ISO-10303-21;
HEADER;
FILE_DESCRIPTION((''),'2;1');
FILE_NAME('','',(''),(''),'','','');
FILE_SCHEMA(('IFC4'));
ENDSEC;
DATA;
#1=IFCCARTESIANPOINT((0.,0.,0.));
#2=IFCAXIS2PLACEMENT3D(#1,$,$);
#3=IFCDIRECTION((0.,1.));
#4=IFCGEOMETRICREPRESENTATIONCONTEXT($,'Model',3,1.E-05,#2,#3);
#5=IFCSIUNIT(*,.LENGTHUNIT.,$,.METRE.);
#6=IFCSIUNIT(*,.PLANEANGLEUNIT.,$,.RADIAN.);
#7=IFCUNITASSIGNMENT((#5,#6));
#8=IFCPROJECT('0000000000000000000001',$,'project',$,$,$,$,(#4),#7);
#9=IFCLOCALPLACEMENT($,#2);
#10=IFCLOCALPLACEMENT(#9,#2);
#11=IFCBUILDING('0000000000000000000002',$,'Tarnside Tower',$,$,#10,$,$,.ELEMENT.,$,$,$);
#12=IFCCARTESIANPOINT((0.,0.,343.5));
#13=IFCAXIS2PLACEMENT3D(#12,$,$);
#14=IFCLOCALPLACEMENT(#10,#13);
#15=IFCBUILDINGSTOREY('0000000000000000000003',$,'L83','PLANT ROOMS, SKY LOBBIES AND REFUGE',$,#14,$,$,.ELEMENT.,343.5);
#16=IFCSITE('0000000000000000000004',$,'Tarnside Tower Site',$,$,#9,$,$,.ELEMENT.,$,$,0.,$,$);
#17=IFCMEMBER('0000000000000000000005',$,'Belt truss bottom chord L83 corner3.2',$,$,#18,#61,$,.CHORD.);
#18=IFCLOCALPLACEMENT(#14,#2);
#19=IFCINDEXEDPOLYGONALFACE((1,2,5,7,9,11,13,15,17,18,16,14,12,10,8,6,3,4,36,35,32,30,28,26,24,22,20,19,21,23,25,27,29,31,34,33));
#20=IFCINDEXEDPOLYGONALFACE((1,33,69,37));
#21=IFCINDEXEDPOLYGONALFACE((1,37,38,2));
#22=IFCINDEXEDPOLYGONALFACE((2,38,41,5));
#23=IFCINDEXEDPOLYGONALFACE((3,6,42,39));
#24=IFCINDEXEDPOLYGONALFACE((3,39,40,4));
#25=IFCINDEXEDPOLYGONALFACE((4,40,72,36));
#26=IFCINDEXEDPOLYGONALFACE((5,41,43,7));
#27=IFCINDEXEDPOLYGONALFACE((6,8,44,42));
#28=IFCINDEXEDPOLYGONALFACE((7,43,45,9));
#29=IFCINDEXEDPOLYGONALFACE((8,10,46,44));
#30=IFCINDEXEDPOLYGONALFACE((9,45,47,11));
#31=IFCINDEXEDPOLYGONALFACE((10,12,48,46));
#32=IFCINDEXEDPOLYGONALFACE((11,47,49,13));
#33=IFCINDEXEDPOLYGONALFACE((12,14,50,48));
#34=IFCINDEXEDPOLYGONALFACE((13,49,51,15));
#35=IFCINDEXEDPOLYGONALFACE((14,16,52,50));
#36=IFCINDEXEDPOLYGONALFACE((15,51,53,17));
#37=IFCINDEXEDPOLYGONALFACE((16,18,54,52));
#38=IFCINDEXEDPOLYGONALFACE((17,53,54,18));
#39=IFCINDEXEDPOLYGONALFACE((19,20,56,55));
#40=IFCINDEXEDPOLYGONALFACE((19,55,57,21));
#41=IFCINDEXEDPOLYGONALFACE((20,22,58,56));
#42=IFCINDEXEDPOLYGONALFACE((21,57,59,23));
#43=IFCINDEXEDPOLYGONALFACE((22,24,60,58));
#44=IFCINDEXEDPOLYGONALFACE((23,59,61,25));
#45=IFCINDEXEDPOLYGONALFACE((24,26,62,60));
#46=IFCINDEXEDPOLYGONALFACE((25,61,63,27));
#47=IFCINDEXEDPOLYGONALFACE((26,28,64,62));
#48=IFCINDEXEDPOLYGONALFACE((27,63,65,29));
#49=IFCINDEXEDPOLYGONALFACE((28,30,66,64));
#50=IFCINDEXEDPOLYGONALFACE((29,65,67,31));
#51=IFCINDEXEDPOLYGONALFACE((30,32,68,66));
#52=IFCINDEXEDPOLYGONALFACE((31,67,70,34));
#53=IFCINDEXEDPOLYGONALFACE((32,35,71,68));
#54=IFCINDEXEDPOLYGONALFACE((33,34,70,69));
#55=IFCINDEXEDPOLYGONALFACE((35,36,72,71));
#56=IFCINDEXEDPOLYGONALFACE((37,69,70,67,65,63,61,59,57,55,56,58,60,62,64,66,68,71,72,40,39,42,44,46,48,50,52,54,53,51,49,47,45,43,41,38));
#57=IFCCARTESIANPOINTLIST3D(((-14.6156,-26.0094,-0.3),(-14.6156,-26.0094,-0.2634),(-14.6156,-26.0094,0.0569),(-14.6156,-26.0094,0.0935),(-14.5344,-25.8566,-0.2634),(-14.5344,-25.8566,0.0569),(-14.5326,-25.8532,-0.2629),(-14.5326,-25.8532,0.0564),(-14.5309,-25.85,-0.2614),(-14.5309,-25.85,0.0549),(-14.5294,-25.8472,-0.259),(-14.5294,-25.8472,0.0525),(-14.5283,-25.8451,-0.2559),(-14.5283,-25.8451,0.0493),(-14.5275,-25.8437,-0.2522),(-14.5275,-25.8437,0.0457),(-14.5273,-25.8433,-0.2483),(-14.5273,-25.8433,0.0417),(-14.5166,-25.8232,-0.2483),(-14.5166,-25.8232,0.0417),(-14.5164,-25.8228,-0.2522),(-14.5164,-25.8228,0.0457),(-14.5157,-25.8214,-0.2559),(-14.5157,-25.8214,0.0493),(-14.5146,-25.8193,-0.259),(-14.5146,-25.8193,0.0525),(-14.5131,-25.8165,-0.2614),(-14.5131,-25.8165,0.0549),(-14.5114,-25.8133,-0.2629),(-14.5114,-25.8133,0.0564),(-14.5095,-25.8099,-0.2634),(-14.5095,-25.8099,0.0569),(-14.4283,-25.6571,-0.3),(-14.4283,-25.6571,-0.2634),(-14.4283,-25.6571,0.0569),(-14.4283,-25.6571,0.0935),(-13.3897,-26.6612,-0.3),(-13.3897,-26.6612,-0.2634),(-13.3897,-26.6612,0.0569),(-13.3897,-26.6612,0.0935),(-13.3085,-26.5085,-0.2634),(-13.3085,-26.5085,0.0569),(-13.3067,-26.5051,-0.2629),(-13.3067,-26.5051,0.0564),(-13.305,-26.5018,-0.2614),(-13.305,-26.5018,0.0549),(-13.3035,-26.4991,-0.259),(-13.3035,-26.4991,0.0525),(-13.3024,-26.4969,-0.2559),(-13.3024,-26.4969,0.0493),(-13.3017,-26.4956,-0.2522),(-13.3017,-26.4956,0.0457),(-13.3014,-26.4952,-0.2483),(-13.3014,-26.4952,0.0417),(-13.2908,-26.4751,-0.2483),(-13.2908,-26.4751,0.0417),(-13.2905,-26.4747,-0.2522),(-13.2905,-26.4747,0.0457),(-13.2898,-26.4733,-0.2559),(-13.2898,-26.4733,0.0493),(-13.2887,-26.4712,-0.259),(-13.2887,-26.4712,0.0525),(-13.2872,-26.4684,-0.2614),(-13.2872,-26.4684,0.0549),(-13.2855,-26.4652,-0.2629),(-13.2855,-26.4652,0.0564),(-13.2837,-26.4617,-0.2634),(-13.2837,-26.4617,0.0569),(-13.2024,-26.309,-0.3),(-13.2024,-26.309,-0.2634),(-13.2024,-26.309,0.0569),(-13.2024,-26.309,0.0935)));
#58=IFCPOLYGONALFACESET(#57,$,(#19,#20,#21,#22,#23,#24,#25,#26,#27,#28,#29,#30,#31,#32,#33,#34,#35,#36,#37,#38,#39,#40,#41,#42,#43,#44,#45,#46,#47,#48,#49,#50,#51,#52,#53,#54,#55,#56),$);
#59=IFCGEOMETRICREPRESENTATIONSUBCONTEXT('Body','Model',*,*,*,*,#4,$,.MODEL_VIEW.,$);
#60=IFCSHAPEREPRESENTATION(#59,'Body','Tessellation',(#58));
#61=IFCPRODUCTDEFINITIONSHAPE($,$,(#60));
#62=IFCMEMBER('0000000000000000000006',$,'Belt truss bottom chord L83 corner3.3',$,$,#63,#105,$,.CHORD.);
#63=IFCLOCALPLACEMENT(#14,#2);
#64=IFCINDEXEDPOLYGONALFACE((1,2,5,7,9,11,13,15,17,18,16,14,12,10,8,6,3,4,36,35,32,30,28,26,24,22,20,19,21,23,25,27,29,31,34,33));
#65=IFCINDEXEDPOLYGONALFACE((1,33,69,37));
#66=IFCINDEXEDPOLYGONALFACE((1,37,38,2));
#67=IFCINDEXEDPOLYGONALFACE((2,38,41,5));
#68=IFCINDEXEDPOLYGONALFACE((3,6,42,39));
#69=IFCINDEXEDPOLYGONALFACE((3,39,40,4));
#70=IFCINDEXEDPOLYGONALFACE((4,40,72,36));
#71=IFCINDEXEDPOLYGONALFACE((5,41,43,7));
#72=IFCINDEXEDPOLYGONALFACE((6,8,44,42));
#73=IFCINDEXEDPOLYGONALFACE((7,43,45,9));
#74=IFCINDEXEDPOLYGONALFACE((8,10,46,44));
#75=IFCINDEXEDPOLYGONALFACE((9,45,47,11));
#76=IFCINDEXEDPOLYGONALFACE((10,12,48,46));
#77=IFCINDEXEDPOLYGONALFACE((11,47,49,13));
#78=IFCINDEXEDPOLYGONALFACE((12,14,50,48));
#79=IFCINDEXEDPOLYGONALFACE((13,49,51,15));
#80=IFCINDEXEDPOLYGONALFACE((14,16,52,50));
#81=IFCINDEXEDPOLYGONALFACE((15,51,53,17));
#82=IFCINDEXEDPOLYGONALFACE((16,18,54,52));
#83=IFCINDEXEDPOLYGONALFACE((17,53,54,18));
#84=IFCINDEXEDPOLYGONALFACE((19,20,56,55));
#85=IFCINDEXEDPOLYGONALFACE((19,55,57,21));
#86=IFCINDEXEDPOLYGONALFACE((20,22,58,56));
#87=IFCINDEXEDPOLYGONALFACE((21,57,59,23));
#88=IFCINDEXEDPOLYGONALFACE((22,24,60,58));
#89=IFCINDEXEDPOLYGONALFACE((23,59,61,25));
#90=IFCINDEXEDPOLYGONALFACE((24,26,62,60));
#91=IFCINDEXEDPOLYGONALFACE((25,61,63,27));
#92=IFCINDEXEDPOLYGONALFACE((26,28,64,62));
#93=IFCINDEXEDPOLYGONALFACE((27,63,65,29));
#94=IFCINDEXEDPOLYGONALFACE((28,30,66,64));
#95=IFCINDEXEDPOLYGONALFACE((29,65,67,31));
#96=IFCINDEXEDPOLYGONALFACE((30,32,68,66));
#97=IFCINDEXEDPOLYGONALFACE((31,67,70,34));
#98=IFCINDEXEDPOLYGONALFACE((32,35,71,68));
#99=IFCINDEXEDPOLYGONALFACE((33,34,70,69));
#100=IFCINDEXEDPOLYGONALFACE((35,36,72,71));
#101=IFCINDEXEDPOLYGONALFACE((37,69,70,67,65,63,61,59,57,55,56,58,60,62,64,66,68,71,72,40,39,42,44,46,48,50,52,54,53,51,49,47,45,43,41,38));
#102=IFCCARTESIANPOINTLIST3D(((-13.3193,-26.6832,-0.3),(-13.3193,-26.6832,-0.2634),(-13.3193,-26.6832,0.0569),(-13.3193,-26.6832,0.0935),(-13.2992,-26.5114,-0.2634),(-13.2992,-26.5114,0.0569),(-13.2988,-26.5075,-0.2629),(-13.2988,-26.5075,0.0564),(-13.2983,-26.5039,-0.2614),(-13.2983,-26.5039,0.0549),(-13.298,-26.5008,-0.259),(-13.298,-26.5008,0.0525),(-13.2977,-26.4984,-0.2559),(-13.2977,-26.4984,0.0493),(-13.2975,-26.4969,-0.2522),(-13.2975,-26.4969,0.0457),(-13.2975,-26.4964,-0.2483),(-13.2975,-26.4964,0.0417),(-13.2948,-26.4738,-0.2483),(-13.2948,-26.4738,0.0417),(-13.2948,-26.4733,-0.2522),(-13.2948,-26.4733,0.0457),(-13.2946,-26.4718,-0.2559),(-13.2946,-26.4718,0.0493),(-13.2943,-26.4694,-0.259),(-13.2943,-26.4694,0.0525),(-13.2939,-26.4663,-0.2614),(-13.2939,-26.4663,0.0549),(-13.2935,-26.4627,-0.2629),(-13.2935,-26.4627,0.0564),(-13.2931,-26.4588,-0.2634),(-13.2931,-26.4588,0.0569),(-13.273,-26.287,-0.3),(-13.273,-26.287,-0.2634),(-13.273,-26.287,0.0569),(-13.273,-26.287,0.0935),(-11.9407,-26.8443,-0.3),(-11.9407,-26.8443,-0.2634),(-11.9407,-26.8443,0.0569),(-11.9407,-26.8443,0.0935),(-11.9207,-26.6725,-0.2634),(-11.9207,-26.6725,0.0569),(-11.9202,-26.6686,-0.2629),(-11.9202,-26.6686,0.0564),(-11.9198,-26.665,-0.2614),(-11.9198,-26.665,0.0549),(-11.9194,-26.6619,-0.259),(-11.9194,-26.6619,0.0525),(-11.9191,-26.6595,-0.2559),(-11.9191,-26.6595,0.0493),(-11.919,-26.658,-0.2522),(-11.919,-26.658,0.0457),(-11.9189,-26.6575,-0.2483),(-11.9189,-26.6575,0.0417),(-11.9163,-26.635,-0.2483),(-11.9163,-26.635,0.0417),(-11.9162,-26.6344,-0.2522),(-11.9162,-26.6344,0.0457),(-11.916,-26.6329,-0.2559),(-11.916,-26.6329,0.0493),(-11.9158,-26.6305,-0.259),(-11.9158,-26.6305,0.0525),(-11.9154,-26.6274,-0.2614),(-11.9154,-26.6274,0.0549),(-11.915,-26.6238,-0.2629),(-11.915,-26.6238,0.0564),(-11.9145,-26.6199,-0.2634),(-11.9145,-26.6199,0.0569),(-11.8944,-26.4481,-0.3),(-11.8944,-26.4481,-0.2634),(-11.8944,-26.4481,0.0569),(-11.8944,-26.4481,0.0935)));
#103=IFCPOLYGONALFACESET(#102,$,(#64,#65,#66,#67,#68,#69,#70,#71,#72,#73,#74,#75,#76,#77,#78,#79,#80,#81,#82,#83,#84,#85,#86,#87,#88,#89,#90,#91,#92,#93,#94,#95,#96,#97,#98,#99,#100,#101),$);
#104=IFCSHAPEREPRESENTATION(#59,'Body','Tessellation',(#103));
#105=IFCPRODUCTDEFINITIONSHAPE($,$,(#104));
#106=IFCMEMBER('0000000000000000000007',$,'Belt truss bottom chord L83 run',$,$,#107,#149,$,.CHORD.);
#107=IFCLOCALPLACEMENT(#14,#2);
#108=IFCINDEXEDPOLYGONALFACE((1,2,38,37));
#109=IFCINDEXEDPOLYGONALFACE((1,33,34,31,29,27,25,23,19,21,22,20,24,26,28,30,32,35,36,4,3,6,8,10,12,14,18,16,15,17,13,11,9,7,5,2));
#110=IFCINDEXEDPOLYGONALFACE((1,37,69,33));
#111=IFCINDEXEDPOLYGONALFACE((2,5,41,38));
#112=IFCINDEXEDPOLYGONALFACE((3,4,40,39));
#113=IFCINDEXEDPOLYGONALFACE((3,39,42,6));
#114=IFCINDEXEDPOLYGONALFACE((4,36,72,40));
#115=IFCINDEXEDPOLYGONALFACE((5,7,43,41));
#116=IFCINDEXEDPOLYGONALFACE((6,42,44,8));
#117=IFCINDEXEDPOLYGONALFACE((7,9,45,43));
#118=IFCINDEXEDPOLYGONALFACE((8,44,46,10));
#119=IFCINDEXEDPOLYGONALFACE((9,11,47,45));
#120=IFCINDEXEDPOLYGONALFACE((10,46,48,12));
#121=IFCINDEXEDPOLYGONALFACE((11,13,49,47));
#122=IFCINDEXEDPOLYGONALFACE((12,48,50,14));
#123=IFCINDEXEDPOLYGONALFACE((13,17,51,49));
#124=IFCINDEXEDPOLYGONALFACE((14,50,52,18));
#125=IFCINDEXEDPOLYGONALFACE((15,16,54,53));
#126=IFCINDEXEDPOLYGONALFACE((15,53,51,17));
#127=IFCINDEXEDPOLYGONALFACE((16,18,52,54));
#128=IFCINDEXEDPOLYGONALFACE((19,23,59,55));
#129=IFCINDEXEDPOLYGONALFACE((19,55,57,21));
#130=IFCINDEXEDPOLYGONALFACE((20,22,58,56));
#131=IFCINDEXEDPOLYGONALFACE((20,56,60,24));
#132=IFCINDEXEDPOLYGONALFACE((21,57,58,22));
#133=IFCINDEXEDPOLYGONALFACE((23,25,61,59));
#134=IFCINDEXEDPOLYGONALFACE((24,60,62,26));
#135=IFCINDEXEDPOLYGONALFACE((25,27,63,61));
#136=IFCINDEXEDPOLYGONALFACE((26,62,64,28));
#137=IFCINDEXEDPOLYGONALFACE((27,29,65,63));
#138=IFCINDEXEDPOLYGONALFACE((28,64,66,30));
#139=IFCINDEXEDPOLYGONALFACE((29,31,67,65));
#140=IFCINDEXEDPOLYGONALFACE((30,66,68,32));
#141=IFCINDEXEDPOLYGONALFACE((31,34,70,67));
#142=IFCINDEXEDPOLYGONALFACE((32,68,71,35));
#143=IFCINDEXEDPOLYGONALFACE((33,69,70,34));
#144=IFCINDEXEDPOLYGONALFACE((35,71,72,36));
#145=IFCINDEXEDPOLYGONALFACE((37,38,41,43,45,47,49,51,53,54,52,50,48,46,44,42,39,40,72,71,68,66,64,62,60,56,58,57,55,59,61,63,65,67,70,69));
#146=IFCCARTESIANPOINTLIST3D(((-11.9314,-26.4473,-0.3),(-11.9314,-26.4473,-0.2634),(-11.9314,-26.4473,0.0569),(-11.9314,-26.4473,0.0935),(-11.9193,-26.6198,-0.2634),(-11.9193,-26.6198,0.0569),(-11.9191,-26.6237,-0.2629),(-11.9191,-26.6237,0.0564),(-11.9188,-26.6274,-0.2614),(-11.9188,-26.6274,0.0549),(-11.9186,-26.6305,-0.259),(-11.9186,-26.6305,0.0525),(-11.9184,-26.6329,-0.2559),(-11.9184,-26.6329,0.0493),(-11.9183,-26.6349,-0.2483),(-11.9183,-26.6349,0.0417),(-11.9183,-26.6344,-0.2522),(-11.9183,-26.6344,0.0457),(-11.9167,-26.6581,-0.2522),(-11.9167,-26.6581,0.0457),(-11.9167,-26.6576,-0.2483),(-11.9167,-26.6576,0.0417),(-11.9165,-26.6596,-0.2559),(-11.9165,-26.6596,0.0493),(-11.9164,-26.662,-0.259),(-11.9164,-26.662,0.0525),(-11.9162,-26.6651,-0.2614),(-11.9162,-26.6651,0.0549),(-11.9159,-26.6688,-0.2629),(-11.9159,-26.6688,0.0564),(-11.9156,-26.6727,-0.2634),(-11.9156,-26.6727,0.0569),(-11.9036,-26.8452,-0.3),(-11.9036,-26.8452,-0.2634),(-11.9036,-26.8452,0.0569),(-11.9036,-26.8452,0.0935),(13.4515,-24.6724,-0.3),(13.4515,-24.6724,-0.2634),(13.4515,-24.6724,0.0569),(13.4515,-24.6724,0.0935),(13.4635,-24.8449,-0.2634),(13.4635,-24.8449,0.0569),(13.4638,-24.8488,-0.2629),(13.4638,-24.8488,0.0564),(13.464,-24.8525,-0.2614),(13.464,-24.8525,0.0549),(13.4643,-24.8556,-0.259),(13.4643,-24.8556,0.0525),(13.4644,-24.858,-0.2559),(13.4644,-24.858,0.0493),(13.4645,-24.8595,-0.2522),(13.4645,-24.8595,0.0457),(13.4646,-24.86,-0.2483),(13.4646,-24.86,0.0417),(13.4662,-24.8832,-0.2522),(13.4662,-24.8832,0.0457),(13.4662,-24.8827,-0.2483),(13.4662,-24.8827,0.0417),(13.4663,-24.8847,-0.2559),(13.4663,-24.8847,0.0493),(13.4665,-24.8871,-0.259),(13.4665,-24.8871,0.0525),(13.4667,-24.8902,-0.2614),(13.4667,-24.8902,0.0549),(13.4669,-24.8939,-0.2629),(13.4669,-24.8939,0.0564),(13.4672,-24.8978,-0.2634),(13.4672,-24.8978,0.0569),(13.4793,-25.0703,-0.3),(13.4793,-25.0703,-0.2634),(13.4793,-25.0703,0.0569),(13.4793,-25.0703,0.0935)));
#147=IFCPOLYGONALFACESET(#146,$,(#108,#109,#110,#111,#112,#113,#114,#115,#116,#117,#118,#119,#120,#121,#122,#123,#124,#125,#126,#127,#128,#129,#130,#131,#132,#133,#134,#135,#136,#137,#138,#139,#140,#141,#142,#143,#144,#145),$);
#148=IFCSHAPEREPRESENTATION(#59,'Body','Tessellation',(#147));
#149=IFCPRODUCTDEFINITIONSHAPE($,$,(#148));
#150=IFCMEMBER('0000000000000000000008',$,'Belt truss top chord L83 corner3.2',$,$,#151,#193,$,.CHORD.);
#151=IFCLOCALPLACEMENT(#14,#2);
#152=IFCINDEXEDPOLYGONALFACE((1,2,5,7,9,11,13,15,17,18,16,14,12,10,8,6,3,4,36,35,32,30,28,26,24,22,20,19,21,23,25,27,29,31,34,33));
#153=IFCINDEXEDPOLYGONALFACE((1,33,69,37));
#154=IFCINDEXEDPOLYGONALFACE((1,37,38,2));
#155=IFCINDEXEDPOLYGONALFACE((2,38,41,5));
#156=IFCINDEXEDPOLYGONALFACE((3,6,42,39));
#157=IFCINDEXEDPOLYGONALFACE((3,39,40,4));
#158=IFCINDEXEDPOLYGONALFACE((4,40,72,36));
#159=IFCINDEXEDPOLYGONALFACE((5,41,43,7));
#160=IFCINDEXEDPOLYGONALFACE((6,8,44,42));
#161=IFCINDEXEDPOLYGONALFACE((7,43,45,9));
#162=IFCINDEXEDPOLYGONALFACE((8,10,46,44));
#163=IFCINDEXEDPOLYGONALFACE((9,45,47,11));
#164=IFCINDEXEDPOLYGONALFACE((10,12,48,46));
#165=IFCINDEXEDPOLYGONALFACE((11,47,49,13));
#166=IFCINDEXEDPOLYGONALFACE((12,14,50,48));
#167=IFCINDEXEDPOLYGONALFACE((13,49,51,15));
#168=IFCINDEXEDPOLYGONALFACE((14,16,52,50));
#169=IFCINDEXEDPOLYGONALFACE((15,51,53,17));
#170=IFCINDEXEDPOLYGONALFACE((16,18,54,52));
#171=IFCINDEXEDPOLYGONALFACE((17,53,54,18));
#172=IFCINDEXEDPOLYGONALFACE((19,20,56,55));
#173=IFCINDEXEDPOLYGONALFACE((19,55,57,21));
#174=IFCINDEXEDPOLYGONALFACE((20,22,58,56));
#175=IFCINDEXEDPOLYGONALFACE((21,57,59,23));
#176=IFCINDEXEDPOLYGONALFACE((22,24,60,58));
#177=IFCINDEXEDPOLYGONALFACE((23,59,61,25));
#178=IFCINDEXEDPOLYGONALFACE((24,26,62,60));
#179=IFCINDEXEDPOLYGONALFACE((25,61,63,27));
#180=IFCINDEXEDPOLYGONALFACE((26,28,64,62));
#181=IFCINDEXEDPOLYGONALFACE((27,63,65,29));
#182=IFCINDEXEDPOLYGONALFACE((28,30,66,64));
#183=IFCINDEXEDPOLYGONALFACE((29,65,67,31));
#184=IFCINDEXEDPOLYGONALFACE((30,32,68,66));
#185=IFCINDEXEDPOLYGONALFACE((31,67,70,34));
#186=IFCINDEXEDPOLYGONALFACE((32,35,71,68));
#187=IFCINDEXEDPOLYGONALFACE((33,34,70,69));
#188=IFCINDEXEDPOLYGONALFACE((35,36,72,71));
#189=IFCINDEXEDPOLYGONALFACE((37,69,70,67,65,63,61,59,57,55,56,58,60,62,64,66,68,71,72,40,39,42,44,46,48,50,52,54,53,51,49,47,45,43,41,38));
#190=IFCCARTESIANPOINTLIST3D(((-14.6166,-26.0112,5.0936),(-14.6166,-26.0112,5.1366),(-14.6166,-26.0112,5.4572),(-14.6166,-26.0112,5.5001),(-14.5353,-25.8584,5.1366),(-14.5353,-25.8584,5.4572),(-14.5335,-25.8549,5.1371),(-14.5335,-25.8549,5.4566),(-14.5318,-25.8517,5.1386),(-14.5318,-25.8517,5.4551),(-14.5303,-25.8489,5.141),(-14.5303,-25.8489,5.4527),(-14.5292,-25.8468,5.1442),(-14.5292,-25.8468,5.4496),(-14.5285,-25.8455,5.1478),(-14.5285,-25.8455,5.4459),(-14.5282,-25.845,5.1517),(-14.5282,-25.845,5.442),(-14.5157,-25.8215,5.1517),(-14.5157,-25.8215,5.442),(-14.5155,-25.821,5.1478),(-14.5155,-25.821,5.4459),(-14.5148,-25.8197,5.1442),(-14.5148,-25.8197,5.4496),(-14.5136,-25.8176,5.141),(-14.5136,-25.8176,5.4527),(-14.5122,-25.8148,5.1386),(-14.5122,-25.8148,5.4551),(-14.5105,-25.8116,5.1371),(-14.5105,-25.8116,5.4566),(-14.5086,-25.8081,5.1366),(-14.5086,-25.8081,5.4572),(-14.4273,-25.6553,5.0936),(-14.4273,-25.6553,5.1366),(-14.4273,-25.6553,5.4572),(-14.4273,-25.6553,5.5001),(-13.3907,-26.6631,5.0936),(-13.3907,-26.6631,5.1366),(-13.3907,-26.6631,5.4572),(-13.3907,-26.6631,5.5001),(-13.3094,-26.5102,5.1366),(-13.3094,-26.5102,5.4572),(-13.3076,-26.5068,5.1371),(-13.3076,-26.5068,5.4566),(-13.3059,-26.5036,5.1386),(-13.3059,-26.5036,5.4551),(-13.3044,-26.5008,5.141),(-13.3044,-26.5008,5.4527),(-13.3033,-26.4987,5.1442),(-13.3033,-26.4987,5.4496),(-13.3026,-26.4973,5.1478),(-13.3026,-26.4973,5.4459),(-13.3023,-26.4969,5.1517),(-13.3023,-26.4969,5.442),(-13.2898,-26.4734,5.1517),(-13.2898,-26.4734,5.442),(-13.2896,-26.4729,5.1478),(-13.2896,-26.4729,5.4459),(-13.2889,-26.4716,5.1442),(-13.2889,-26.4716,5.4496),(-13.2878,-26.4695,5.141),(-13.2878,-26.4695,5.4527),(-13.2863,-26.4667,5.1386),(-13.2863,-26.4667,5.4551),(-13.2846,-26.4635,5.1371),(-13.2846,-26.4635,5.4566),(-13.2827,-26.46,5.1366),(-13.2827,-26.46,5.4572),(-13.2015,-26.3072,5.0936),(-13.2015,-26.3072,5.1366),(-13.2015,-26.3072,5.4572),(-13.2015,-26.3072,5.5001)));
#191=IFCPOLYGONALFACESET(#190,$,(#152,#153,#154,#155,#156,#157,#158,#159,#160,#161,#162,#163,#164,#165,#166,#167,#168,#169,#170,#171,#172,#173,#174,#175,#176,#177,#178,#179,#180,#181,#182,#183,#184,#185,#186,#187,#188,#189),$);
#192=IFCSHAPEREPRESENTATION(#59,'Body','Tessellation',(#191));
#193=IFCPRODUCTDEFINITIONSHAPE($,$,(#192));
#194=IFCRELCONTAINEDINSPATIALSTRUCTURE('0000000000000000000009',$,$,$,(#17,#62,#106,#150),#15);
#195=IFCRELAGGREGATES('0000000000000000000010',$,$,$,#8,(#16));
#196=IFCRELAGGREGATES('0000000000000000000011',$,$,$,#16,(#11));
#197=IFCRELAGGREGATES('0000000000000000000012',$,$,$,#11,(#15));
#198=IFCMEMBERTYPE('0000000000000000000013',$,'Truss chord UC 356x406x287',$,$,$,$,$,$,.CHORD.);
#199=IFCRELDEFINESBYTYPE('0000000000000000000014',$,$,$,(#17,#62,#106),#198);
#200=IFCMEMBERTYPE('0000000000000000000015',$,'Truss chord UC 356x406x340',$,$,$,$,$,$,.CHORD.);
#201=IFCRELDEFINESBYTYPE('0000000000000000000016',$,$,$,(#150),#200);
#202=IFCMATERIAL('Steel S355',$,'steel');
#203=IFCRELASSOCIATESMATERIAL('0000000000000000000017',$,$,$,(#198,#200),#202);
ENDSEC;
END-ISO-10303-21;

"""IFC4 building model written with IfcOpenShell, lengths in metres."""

from ifc_helpers import new_model, si_unit, direction, frame, origin, origin_2d, place, context, subcontext, project, spatial, i_section, extrude, material, material_profile, profile_set, type_object, element, save


model = new_model("IFC4")

# Units and contexts
model_context = context("Model", 3, precision=1e-05, world=origin(), true_north=direction((0.0, 1.0)))
body_context = subcontext(model_context, "Body", "Model", "MODEL_VIEW")
ifc_project = project(units=[si_unit("LENGTHUNIT", "METRE"), si_unit("PLANEANGLEUNIT", "RADIAN")], contexts=[model_context])

# Site, building, storey
site_placement = place(None, origin())
site = spatial("IfcSite", under=ifc_project, at=site_placement, Name="Tarnside Tower Site", CompositionType="ELEMENT", RefElevation=0.0)
building_placement = place(site_placement, origin())
building = spatial("IfcBuilding", under=site, at=building_placement, Name="Tarnside Tower", CompositionType="ELEMENT")
storey_placement = place(building_placement, frame((0.0, 0.0, 343.5)))
storey = spatial("IfcBuildingStorey", under=building, at=storey_placement, Name="L83", Description="PLANT ROOMS, SKY LOBBIES AND REFUGE", CompositionType="ELEMENT", Elevation=343.5)

# Shared definitions
ifc_material_1 = material(Name="Steel S355", Category="steel")

# Members
ifc_material_profile_1 = material_profile(ifc_material_1, i_section(OverallWidth=0.3989, OverallDepth=0.3936, WebThickness=0.0227, FlangeThickness=0.0366, FilletRadius=0.0151, at=origin_2d()), Name="UC 356x406x287")
ifc_profile_set_1 = profile_set([ifc_material_profile_1], Name="Steel S355")
member_type_1 = type_object("IfcMemberType", Name="Truss chord UC 356x406x287", PredefinedType="CHORD", material=ifc_profile_set_1)
member_1_placement = place(storey_placement, frame((-14.522, -25.8333, -0.1033), z_axis=(0.882927, -0.469511, 0.0), x_axis=(0.469511, 0.882927, 0.0)))
element("IfcMember", 1, at=member_1_placement, inside=storey, type_object=member_type_1, Name="Belt truss bottom chord L83 corner3.2", PredefinedType="CHORD", context=body_context, shape_type="SweptSolid", body=[
    extrude(i_section(OverallWidth=0.3989, OverallDepth=0.3936, WebThickness=0.0227, FlangeThickness=0.0366, FilletRadius=0.0151, at=origin_2d()), origin(), (0.0, 0.0, 1.0), 1.3884),
])
member_2_placement = place(storey_placement, frame((-13.2961, -26.4851, -0.1033), z_axis=(0.993239, -0.116086, 0.0), x_axis=(0.116086, 0.993239, 0.0)))
element("IfcMember", 2, at=member_2_placement, inside=storey, type_object=member_type_1, Name="Belt truss bottom chord L83 corner3.3", PredefinedType="CHORD", context=body_context, shape_type="SweptSolid", body=[
    extrude(i_section(OverallWidth=0.3989, OverallDepth=0.3936, WebThickness=0.0227, FlangeThickness=0.0366, FilletRadius=0.0151, at=origin_2d()), origin(), (0.0, 0.0, 1.0), 1.3879),
])
member_3_placement = place(storey_placement, frame((-11.9175, -26.6462, -0.1033), z_axis=(0.997564, 0.069755, 0.0), x_axis=(-0.069755, 0.997564, 0.0)))
element("IfcMember", 3, at=member_3_placement, inside=storey, type_object=member_type_1, Name="Belt truss bottom chord L83 run", PredefinedType="CHORD", context=body_context, shape_type="SweptSolid", body=[
    extrude(i_section(OverallWidth=0.3989, OverallDepth=0.3936, WebThickness=0.0227, FlangeThickness=0.0366, FilletRadius=0.0151, at=origin_2d()), origin(), (0.0, 0.0, 1.0), 25.4448),
])
ifc_material_profile_2 = material_profile(ifc_material_1, i_section(OverallWidth=0.4031, OverallDepth=0.4065, WebThickness=0.0266, FlangeThickness=0.043, FilletRadius=0.0151, at=origin_2d()), Name="UC 356x406x340")
ifc_profile_set_2 = profile_set([ifc_material_profile_2], Name="Steel S355")
member_type_2 = type_object("IfcMemberType", Name="Truss chord UC 356x406x340", PredefinedType="CHORD", material=ifc_profile_set_2)
member_4_placement = place(storey_placement, frame((-14.522, -25.8333, 5.2969), z_axis=(0.882927, -0.469511, 0.0), x_axis=(0.469511, 0.882927, 0.0)))
element("IfcMember", 4, at=member_4_placement, inside=storey, type_object=member_type_2, Name="Belt truss top chord L83 corner3.2", PredefinedType="CHORD", context=body_context, shape_type="SweptSolid", body=[
    extrude(i_section(OverallWidth=0.4031, OverallDepth=0.4065, WebThickness=0.0266, FlangeThickness=0.043, FilletRadius=0.0151, at=origin_2d()), origin(), (0.0, 0.0, 1.0), 1.3884),
])

save(model, "model.ifc")
